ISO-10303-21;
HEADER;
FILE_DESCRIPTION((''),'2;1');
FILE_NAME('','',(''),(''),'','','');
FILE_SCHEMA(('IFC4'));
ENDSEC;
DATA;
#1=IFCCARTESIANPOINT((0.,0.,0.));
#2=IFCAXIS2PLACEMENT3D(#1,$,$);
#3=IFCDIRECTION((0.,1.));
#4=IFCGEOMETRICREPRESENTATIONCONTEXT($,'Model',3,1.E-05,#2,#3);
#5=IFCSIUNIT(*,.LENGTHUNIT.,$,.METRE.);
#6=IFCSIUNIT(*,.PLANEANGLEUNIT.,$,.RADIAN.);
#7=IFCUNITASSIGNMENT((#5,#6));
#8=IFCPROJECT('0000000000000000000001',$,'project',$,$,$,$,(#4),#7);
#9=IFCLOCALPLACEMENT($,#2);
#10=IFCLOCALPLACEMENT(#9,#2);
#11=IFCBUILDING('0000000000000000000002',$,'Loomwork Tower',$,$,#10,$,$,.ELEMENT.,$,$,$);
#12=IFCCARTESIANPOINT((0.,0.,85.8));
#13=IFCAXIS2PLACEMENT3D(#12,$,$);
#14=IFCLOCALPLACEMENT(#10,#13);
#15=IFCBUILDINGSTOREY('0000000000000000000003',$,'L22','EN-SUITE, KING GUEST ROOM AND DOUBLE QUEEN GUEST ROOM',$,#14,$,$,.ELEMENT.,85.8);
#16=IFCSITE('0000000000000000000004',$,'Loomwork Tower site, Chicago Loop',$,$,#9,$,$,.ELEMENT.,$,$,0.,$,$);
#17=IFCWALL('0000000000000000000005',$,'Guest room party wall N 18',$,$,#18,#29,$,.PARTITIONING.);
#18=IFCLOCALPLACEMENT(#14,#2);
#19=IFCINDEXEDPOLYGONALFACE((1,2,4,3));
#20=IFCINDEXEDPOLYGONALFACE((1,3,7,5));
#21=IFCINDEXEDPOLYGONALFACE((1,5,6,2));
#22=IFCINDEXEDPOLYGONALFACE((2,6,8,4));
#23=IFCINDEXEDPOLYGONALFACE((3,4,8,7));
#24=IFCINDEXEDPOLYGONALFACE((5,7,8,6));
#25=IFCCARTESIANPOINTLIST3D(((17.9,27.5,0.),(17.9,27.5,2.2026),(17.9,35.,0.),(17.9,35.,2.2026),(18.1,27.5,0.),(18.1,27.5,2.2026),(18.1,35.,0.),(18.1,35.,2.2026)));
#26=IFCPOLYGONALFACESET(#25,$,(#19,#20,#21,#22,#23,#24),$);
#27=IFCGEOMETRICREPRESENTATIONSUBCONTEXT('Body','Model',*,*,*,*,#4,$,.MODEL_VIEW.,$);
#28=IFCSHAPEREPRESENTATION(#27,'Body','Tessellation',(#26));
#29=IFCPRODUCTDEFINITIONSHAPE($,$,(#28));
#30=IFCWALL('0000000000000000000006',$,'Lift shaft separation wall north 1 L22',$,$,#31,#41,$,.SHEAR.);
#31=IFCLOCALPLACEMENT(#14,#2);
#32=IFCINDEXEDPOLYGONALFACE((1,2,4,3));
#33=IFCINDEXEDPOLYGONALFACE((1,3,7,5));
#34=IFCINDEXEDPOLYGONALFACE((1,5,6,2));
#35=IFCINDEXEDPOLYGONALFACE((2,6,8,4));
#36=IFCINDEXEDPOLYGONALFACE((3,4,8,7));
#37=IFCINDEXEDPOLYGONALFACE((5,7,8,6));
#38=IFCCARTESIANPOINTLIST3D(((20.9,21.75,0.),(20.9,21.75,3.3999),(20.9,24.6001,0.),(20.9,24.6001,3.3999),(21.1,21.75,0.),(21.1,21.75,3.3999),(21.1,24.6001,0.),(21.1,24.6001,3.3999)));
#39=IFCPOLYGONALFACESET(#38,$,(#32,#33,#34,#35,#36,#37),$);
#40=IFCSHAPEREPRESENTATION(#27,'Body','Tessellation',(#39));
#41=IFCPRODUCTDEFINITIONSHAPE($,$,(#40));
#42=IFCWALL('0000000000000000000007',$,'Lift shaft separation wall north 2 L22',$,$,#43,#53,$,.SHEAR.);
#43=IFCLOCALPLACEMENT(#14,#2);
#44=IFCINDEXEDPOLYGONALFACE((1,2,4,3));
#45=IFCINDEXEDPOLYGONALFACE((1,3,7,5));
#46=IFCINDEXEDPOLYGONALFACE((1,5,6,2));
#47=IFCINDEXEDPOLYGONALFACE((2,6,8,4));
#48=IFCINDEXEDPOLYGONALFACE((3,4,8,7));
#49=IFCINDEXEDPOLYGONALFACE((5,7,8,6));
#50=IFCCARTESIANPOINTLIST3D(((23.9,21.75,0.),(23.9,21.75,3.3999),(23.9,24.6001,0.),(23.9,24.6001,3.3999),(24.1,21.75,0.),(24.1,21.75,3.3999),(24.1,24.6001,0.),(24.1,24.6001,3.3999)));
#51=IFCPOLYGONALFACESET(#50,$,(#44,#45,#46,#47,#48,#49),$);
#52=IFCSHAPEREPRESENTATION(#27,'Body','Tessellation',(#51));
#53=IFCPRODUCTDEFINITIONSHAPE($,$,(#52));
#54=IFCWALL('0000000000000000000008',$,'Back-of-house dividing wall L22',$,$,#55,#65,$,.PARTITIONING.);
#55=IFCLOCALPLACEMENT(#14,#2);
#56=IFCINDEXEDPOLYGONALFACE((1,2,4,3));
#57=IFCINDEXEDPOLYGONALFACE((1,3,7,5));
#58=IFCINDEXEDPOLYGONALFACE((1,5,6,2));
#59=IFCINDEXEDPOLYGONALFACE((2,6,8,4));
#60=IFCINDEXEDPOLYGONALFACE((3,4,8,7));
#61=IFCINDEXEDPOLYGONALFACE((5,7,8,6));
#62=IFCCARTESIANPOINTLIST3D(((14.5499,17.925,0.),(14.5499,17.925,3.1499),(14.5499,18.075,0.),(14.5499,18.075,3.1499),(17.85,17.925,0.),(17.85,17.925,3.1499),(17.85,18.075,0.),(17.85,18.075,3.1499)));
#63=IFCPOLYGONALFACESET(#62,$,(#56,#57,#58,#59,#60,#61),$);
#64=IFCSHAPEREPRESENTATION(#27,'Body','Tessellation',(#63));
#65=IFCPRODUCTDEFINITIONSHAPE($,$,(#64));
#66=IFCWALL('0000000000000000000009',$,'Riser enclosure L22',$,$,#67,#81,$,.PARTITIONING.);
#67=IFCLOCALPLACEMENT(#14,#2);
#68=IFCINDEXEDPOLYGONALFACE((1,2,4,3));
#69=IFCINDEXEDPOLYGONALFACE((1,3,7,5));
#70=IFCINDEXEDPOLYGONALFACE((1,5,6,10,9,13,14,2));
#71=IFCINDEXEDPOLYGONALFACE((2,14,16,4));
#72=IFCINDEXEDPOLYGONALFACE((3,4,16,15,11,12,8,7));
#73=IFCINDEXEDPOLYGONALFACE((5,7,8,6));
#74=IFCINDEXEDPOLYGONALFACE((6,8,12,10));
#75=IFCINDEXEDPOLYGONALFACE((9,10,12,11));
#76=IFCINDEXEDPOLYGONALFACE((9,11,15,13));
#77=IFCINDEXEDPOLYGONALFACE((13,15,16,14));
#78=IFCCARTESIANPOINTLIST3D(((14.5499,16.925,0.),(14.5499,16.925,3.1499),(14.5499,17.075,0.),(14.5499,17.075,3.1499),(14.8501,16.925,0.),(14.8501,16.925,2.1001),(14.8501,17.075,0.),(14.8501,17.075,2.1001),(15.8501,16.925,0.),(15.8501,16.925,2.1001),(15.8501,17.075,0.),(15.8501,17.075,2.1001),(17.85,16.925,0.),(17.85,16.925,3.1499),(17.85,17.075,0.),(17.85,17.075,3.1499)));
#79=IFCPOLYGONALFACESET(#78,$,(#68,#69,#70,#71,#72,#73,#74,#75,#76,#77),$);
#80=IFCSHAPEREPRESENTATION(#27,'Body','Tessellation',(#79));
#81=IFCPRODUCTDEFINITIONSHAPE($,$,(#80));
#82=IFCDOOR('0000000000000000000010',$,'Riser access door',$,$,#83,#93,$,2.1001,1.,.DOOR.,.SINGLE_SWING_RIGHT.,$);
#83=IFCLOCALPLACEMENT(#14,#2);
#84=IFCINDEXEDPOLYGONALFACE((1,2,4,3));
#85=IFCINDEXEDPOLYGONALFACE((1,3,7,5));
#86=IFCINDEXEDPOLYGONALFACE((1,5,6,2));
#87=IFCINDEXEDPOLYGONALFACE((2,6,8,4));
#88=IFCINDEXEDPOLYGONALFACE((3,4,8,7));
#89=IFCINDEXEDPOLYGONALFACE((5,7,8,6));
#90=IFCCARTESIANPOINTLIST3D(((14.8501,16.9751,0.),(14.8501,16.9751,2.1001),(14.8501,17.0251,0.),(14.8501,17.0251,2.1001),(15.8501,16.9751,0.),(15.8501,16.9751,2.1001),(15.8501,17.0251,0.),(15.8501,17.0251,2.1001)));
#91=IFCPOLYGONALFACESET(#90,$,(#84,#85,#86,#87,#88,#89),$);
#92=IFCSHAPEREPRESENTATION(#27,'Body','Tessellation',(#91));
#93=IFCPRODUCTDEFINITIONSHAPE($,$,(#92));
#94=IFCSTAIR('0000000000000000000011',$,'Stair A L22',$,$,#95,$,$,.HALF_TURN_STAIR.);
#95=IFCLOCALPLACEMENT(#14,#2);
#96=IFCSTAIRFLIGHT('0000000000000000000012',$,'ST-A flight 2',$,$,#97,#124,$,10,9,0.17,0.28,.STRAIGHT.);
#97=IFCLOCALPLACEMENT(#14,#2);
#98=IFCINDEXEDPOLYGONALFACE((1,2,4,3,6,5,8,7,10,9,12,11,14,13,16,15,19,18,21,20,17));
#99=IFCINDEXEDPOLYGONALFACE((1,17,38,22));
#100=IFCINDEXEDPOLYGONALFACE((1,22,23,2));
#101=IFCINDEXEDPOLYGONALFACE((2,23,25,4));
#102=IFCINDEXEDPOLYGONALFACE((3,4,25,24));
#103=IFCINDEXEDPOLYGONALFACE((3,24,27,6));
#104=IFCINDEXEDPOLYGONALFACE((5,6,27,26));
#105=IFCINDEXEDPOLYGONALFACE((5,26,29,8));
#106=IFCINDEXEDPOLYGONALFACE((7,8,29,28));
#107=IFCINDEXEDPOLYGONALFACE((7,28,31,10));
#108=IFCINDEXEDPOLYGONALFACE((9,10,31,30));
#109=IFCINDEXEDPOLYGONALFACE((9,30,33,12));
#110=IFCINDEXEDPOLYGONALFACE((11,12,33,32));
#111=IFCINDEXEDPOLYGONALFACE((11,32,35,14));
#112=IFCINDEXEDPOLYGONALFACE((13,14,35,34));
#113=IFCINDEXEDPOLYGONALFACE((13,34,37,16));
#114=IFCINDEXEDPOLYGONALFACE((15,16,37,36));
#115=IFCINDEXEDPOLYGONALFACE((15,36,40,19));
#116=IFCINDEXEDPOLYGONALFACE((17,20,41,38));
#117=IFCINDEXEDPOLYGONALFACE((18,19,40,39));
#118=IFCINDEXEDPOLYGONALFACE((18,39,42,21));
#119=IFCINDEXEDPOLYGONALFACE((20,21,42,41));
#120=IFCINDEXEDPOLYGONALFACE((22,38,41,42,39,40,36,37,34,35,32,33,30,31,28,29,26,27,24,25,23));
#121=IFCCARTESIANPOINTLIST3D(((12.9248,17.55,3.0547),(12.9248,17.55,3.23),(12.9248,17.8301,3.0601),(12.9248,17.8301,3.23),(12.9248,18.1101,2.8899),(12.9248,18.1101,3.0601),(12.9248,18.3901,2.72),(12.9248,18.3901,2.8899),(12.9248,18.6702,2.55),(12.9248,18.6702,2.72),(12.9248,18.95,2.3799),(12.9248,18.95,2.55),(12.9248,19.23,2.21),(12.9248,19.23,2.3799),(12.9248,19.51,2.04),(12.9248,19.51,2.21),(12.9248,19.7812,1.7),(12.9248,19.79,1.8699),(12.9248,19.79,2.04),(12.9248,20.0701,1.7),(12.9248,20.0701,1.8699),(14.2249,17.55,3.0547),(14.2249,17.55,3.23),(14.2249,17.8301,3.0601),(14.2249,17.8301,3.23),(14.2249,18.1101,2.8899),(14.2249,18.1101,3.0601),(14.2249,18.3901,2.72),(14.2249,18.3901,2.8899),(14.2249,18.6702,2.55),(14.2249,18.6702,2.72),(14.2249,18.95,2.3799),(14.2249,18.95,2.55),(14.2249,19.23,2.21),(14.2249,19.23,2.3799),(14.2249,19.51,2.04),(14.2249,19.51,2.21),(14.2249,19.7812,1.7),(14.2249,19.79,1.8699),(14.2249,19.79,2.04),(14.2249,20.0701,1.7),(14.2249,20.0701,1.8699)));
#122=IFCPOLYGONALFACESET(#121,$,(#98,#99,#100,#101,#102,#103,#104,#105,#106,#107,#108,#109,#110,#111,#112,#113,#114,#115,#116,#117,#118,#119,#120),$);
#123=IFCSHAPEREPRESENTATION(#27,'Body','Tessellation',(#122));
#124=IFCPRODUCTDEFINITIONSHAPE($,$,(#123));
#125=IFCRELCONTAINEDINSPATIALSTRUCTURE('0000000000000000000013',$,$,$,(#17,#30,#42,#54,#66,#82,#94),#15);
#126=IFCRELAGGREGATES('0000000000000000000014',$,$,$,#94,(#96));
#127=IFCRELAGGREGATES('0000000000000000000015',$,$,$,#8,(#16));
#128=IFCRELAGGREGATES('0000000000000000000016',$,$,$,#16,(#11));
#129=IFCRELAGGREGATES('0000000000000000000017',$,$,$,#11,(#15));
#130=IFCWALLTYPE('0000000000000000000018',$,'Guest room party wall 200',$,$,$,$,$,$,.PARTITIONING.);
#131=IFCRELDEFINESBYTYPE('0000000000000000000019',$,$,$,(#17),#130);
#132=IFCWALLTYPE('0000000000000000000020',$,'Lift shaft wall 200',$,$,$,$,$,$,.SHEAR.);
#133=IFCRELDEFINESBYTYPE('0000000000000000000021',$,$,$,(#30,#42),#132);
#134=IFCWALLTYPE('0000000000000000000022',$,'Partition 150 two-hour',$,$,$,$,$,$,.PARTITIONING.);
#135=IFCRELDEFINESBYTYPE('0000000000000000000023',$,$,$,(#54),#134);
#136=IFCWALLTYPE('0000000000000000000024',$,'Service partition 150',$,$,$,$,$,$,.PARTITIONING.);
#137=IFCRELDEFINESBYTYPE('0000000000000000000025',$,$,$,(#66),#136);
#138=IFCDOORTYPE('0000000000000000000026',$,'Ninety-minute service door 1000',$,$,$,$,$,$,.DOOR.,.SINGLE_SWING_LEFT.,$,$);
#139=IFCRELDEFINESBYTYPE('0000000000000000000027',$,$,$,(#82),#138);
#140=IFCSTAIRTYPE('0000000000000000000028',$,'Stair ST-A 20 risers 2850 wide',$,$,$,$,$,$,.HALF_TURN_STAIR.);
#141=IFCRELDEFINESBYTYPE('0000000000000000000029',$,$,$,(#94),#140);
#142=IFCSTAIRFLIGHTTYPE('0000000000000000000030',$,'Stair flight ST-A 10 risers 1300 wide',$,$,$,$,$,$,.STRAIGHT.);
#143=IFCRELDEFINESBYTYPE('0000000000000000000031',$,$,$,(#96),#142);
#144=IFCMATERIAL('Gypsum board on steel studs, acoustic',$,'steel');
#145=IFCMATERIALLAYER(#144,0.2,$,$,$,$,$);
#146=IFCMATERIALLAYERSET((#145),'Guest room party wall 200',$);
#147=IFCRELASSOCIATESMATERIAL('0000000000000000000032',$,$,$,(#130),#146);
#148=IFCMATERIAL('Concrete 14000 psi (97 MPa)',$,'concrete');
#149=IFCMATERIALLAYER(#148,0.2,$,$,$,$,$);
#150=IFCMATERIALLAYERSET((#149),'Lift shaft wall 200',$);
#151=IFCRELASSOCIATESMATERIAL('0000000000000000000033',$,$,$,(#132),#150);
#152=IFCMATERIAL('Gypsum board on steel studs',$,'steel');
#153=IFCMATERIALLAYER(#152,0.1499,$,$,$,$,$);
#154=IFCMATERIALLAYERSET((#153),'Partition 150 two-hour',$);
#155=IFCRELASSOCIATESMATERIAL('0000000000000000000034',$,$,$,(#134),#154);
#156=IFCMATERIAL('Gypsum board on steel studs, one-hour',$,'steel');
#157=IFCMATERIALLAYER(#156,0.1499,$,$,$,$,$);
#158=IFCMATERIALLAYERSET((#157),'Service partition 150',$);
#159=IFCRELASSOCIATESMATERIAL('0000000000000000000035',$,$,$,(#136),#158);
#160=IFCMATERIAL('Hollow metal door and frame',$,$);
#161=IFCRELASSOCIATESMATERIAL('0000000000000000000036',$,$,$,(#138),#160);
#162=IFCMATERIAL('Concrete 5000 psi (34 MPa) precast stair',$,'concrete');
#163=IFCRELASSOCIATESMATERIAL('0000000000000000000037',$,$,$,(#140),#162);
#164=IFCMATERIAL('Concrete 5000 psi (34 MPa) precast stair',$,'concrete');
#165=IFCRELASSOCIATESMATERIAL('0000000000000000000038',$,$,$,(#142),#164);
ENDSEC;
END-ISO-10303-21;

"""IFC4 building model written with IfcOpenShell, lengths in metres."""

from ifc_helpers import new_model, si_unit, direction, frame, frame_2d, origin, place, context, subcontext, project, spatial, polyline, rectangle, outline, extrude, material, layer, layer_set, type_object, element, fill, aggregate, save


model = new_model("IFC4")

# Units and contexts
model_context = context("Model", 3, precision=1e-05, world=origin(), true_north=direction((0.0, 1.0)))
body_context = subcontext(model_context, "Body", "Model", "MODEL_VIEW")
ifc_project = project(units=[si_unit("LENGTHUNIT", "METRE"), si_unit("PLANEANGLEUNIT", "RADIAN")], contexts=[model_context])

# Site, building, storey
site_placement = place(None, origin())
site = spatial("IfcSite", under=ifc_project, at=site_placement, Name="Loomwork Tower site, Chicago Loop", CompositionType="ELEMENT", RefElevation=0.0)
building_placement = place(site_placement, origin())
building = spatial("IfcBuilding", under=site, at=building_placement, Name="Loomwork Tower", CompositionType="ELEMENT")
storey_placement = place(building_placement, frame((0.0, 0.0, 85.8)))
storey = spatial("IfcBuildingStorey", under=building, at=storey_placement, Name="L22", Description="EN-SUITE, KING GUEST ROOM AND DOUBLE QUEEN GUEST ROOM", CompositionType="ELEMENT", Elevation=85.8)

# Walls
ifc_material_1 = material(Name="Gypsum board on steel studs, acoustic", Category="steel")
ifc_layer_1 = layer(ifc_material_1, 0.2)
ifc_layer_set_1 = layer_set([ifc_layer_1], Name="Guest room party wall 200")
wall_type_1 = type_object("IfcWallType", Name="Guest room party wall 200", PredefinedType="PARTITIONING", material=ifc_layer_set_1)
wall_1_placement = place(storey_placement, frame((18.0, 27.5, 0.0), z_axis=(0.0, 0.0, 1.0), x_axis=(0.0, 1.0, 0.0)))
element("IfcWall", 1, at=wall_1_placement, inside=storey, type_object=wall_type_1, Name="Guest room party wall N 18", PredefinedType="PARTITIONING", context=body_context, shape_type="SweptSolid", body=[
    extrude(rectangle(XDim=7.5, YDim=0.2, at=frame_2d((3.75, 0.0))), origin(), (0.0, 0.0, 1.0), 2.2026),
])
ifc_material_2 = material(Name="Concrete 14000 psi (97 MPa)", Category="concrete")
ifc_layer_2 = layer(ifc_material_2, 0.2)
ifc_layer_set_2 = layer_set([ifc_layer_2], Name="Lift shaft wall 200")
wall_type_2 = type_object("IfcWallType", Name="Lift shaft wall 200", PredefinedType="SHEAR", material=ifc_layer_set_2)
for number, where, z_axis, x_axis, name in (
    (2, (21.0, 21.75, 0.0), (0.0, 0.0, 1.0), (0.0, 1.0, 0.0), "Lift shaft separation wall north 1 L22"),
    (3, (24.0, 21.75, 0.0), (0.0, 0.0, 1.0), (0.0, 1.0, 0.0), "Lift shaft separation wall north 2 L22"),
):
    element("IfcWall", number, at=place(storey_placement, frame(where, z_axis=z_axis, x_axis=x_axis)), inside=storey, type_object=wall_type_2, Name=name, PredefinedType="SHEAR", context=body_context, shape_type="SweptSolid", body=[
        extrude(rectangle(XDim=2.8501, YDim=0.2, at=frame_2d((1.425, 0.0))), origin(), (0.0, 0.0, 1.0), 3.3999),
    ])
ifc_material_3 = material(Name="Gypsum board on steel studs", Category="steel")
ifc_layer_3 = layer(ifc_material_3, 0.1499)
ifc_layer_set_3 = layer_set([ifc_layer_3], Name="Partition 150 two-hour")
wall_type_3 = type_object("IfcWallType", Name="Partition 150 two-hour", PredefinedType="PARTITIONING", material=ifc_layer_set_3)
wall_2_placement = place(storey_placement, frame((14.55, 18.0, 0.0), z_axis=(0.0, 0.0, 1.0), x_axis=(1.0, 0.0, 0.0)))
element("IfcWall", 4, at=wall_2_placement, inside=storey, type_object=wall_type_3, Name="Back-of-house dividing wall L22", PredefinedType="PARTITIONING", context=body_context, shape_type="SweptSolid", body=[
    extrude(rectangle(XDim=3.3, YDim=0.1499, at=frame_2d((1.6499, 0.0))), origin(), (0.0, 0.0, 1.0), 3.1499),
])

# Wall, opening, door
ifc_material_4 = material(Name="Gypsum board on steel studs, one-hour", Category="steel")
ifc_layer_4 = layer(ifc_material_4, 0.1499)
ifc_layer_set_4 = layer_set([ifc_layer_4], Name="Service partition 150")
wall_type_4 = type_object("IfcWallType", Name="Service partition 150", PredefinedType="PARTITIONING", material=ifc_layer_set_4)
wall_3_placement = place(storey_placement, frame((14.55, 17.0, 0.0), z_axis=(0.0, 0.0, 1.0), x_axis=(1.0, 0.0, 0.0)))
wall_3 = element("IfcWall", 5, at=wall_3_placement, inside=storey, type_object=wall_type_4, Name="Riser enclosure L22", PredefinedType="PARTITIONING", context=body_context, shape_type="SweptSolid", body=[
    extrude(rectangle(XDim=3.3, YDim=0.1499, at=frame_2d((1.6499, 0.0))), origin(), (0.0, 0.0, 1.0), 3.1499),
])
opening_1_placement = place(wall_3_placement, frame((0.3, 0.0, 0.0)))
opening_1 = element("IfcOpeningElement", 6, at=opening_1_placement, cuts=wall_3, PredefinedType="OPENING", context=body_context, shape_type="SweptSolid", body=[
    extrude(rectangle(XDim=1.0, YDim=2.1001, at=frame_2d((0.5, 1.05))), frame((0.0, 0.085, 0.0), z_axis=(0.0, -1.0, 0.0), x_axis=(1.0, 0.0, 0.0)), (0.0, 0.0, 1.0), 0.1699),
])
ifc_material_5 = material(Name="Hollow metal door and frame")
door_type_1 = type_object("IfcDoorType", Name="Ninety-minute service door 1000", OperationType="SINGLE_SWING_LEFT", PredefinedType="DOOR", material=ifc_material_5)
door_1_placement = place(opening_1_placement, frame((1.0, 0.0, 0.0), z_axis=(0.0, 0.0, 1.0), x_axis=(-1.0, 0.0, 0.0)))
door_1 = element("IfcDoor", 7, at=door_1_placement, inside=storey, type_object=door_type_1, Name="Riser access door", OperationType="SINGLE_SWING_RIGHT", OverallHeight=2.1001, OverallWidth=1.0, PredefinedType="DOOR", context=body_context, shape_type="SweptSolid", body=[
    extrude(rectangle(XDim=1.0, YDim=2.1001, at=frame_2d((0.5, 1.05))), frame((0.0, 0.0249, 0.0), z_axis=(0.0, -1.0, 0.0), x_axis=(1.0, 0.0, 0.0)), (0.0, 0.0, 1.0), 0.05),
])
fill(opening_1, door_1)

# Stair, stair flight
ifc_material_6 = material(Name="Concrete 5000 psi (34 MPa) precast stair", Category="concrete")
stair_type = type_object("IfcStairType", Name="Stair ST-A 20 risers 2850 wide", PredefinedType="HALF_TURN_STAIR", material=ifc_material_6)
stair_placement = place(storey_placement, origin())
stair = element("IfcStair", 8, at=stair_placement, inside=storey, type_object=stair_type, Name="Stair A L22", PredefinedType="HALF_TURN_STAIR")
ifc_material_7 = material(Name="Concrete 5000 psi (34 MPa) precast stair", Category="concrete")
stair_flight_type = type_object("IfcStairFlightType", Name="Stair flight ST-A 10 risers 1300 wide", PredefinedType="STRAIGHT", material=ifc_material_7)
stair_flight_placement = place(storey_placement, frame((13.575, 20.0701, 1.7), z_axis=(0.0, 0.0, 1.0), x_axis=(0.0, -1.0, 0.0)))
stair_flight = element("IfcStairFlight", 9, at=stair_flight_placement, type_object=stair_flight_type, Name="ST-A flight 2", NumberOfRisers=10, NumberOfTreads=9, PredefinedType="STRAIGHT", RiserHeight=0.17, TreadLength=0.28, context=body_context, shape_type="SweptSolid", body=[
    extrude(outline(polyline([(0.0, 0.0), (0.0, 0.1699), (0.28, 0.1699), (0.28, 0.3401), (0.5601, 0.3401), (0.5601, 0.51), (0.8401, 0.51), (0.8401, 0.6799), (1.1201, 0.6799), (1.1201, 0.8501), (1.3999, 0.8501), (1.3999, 1.02), (1.6799, 1.02), (1.6799, 1.1899), (1.96, 1.1899), (1.96, 1.3601), (2.24, 1.3601), (2.24, 1.53), (2.52, 1.53), (2.52, 1.7), (2.52, 1.3547), (0.2888, 0.0), (0.0, 0.0)])), frame((0.0, 0.6499, 0.0), z_axis=(0.0, -1.0, 0.0), x_axis=(1.0, 0.0, 0.0)), (0.0, 0.0, 1.0), 1.3),
])
aggregate(stair, [stair_flight])

save(model, "model.ifc")
